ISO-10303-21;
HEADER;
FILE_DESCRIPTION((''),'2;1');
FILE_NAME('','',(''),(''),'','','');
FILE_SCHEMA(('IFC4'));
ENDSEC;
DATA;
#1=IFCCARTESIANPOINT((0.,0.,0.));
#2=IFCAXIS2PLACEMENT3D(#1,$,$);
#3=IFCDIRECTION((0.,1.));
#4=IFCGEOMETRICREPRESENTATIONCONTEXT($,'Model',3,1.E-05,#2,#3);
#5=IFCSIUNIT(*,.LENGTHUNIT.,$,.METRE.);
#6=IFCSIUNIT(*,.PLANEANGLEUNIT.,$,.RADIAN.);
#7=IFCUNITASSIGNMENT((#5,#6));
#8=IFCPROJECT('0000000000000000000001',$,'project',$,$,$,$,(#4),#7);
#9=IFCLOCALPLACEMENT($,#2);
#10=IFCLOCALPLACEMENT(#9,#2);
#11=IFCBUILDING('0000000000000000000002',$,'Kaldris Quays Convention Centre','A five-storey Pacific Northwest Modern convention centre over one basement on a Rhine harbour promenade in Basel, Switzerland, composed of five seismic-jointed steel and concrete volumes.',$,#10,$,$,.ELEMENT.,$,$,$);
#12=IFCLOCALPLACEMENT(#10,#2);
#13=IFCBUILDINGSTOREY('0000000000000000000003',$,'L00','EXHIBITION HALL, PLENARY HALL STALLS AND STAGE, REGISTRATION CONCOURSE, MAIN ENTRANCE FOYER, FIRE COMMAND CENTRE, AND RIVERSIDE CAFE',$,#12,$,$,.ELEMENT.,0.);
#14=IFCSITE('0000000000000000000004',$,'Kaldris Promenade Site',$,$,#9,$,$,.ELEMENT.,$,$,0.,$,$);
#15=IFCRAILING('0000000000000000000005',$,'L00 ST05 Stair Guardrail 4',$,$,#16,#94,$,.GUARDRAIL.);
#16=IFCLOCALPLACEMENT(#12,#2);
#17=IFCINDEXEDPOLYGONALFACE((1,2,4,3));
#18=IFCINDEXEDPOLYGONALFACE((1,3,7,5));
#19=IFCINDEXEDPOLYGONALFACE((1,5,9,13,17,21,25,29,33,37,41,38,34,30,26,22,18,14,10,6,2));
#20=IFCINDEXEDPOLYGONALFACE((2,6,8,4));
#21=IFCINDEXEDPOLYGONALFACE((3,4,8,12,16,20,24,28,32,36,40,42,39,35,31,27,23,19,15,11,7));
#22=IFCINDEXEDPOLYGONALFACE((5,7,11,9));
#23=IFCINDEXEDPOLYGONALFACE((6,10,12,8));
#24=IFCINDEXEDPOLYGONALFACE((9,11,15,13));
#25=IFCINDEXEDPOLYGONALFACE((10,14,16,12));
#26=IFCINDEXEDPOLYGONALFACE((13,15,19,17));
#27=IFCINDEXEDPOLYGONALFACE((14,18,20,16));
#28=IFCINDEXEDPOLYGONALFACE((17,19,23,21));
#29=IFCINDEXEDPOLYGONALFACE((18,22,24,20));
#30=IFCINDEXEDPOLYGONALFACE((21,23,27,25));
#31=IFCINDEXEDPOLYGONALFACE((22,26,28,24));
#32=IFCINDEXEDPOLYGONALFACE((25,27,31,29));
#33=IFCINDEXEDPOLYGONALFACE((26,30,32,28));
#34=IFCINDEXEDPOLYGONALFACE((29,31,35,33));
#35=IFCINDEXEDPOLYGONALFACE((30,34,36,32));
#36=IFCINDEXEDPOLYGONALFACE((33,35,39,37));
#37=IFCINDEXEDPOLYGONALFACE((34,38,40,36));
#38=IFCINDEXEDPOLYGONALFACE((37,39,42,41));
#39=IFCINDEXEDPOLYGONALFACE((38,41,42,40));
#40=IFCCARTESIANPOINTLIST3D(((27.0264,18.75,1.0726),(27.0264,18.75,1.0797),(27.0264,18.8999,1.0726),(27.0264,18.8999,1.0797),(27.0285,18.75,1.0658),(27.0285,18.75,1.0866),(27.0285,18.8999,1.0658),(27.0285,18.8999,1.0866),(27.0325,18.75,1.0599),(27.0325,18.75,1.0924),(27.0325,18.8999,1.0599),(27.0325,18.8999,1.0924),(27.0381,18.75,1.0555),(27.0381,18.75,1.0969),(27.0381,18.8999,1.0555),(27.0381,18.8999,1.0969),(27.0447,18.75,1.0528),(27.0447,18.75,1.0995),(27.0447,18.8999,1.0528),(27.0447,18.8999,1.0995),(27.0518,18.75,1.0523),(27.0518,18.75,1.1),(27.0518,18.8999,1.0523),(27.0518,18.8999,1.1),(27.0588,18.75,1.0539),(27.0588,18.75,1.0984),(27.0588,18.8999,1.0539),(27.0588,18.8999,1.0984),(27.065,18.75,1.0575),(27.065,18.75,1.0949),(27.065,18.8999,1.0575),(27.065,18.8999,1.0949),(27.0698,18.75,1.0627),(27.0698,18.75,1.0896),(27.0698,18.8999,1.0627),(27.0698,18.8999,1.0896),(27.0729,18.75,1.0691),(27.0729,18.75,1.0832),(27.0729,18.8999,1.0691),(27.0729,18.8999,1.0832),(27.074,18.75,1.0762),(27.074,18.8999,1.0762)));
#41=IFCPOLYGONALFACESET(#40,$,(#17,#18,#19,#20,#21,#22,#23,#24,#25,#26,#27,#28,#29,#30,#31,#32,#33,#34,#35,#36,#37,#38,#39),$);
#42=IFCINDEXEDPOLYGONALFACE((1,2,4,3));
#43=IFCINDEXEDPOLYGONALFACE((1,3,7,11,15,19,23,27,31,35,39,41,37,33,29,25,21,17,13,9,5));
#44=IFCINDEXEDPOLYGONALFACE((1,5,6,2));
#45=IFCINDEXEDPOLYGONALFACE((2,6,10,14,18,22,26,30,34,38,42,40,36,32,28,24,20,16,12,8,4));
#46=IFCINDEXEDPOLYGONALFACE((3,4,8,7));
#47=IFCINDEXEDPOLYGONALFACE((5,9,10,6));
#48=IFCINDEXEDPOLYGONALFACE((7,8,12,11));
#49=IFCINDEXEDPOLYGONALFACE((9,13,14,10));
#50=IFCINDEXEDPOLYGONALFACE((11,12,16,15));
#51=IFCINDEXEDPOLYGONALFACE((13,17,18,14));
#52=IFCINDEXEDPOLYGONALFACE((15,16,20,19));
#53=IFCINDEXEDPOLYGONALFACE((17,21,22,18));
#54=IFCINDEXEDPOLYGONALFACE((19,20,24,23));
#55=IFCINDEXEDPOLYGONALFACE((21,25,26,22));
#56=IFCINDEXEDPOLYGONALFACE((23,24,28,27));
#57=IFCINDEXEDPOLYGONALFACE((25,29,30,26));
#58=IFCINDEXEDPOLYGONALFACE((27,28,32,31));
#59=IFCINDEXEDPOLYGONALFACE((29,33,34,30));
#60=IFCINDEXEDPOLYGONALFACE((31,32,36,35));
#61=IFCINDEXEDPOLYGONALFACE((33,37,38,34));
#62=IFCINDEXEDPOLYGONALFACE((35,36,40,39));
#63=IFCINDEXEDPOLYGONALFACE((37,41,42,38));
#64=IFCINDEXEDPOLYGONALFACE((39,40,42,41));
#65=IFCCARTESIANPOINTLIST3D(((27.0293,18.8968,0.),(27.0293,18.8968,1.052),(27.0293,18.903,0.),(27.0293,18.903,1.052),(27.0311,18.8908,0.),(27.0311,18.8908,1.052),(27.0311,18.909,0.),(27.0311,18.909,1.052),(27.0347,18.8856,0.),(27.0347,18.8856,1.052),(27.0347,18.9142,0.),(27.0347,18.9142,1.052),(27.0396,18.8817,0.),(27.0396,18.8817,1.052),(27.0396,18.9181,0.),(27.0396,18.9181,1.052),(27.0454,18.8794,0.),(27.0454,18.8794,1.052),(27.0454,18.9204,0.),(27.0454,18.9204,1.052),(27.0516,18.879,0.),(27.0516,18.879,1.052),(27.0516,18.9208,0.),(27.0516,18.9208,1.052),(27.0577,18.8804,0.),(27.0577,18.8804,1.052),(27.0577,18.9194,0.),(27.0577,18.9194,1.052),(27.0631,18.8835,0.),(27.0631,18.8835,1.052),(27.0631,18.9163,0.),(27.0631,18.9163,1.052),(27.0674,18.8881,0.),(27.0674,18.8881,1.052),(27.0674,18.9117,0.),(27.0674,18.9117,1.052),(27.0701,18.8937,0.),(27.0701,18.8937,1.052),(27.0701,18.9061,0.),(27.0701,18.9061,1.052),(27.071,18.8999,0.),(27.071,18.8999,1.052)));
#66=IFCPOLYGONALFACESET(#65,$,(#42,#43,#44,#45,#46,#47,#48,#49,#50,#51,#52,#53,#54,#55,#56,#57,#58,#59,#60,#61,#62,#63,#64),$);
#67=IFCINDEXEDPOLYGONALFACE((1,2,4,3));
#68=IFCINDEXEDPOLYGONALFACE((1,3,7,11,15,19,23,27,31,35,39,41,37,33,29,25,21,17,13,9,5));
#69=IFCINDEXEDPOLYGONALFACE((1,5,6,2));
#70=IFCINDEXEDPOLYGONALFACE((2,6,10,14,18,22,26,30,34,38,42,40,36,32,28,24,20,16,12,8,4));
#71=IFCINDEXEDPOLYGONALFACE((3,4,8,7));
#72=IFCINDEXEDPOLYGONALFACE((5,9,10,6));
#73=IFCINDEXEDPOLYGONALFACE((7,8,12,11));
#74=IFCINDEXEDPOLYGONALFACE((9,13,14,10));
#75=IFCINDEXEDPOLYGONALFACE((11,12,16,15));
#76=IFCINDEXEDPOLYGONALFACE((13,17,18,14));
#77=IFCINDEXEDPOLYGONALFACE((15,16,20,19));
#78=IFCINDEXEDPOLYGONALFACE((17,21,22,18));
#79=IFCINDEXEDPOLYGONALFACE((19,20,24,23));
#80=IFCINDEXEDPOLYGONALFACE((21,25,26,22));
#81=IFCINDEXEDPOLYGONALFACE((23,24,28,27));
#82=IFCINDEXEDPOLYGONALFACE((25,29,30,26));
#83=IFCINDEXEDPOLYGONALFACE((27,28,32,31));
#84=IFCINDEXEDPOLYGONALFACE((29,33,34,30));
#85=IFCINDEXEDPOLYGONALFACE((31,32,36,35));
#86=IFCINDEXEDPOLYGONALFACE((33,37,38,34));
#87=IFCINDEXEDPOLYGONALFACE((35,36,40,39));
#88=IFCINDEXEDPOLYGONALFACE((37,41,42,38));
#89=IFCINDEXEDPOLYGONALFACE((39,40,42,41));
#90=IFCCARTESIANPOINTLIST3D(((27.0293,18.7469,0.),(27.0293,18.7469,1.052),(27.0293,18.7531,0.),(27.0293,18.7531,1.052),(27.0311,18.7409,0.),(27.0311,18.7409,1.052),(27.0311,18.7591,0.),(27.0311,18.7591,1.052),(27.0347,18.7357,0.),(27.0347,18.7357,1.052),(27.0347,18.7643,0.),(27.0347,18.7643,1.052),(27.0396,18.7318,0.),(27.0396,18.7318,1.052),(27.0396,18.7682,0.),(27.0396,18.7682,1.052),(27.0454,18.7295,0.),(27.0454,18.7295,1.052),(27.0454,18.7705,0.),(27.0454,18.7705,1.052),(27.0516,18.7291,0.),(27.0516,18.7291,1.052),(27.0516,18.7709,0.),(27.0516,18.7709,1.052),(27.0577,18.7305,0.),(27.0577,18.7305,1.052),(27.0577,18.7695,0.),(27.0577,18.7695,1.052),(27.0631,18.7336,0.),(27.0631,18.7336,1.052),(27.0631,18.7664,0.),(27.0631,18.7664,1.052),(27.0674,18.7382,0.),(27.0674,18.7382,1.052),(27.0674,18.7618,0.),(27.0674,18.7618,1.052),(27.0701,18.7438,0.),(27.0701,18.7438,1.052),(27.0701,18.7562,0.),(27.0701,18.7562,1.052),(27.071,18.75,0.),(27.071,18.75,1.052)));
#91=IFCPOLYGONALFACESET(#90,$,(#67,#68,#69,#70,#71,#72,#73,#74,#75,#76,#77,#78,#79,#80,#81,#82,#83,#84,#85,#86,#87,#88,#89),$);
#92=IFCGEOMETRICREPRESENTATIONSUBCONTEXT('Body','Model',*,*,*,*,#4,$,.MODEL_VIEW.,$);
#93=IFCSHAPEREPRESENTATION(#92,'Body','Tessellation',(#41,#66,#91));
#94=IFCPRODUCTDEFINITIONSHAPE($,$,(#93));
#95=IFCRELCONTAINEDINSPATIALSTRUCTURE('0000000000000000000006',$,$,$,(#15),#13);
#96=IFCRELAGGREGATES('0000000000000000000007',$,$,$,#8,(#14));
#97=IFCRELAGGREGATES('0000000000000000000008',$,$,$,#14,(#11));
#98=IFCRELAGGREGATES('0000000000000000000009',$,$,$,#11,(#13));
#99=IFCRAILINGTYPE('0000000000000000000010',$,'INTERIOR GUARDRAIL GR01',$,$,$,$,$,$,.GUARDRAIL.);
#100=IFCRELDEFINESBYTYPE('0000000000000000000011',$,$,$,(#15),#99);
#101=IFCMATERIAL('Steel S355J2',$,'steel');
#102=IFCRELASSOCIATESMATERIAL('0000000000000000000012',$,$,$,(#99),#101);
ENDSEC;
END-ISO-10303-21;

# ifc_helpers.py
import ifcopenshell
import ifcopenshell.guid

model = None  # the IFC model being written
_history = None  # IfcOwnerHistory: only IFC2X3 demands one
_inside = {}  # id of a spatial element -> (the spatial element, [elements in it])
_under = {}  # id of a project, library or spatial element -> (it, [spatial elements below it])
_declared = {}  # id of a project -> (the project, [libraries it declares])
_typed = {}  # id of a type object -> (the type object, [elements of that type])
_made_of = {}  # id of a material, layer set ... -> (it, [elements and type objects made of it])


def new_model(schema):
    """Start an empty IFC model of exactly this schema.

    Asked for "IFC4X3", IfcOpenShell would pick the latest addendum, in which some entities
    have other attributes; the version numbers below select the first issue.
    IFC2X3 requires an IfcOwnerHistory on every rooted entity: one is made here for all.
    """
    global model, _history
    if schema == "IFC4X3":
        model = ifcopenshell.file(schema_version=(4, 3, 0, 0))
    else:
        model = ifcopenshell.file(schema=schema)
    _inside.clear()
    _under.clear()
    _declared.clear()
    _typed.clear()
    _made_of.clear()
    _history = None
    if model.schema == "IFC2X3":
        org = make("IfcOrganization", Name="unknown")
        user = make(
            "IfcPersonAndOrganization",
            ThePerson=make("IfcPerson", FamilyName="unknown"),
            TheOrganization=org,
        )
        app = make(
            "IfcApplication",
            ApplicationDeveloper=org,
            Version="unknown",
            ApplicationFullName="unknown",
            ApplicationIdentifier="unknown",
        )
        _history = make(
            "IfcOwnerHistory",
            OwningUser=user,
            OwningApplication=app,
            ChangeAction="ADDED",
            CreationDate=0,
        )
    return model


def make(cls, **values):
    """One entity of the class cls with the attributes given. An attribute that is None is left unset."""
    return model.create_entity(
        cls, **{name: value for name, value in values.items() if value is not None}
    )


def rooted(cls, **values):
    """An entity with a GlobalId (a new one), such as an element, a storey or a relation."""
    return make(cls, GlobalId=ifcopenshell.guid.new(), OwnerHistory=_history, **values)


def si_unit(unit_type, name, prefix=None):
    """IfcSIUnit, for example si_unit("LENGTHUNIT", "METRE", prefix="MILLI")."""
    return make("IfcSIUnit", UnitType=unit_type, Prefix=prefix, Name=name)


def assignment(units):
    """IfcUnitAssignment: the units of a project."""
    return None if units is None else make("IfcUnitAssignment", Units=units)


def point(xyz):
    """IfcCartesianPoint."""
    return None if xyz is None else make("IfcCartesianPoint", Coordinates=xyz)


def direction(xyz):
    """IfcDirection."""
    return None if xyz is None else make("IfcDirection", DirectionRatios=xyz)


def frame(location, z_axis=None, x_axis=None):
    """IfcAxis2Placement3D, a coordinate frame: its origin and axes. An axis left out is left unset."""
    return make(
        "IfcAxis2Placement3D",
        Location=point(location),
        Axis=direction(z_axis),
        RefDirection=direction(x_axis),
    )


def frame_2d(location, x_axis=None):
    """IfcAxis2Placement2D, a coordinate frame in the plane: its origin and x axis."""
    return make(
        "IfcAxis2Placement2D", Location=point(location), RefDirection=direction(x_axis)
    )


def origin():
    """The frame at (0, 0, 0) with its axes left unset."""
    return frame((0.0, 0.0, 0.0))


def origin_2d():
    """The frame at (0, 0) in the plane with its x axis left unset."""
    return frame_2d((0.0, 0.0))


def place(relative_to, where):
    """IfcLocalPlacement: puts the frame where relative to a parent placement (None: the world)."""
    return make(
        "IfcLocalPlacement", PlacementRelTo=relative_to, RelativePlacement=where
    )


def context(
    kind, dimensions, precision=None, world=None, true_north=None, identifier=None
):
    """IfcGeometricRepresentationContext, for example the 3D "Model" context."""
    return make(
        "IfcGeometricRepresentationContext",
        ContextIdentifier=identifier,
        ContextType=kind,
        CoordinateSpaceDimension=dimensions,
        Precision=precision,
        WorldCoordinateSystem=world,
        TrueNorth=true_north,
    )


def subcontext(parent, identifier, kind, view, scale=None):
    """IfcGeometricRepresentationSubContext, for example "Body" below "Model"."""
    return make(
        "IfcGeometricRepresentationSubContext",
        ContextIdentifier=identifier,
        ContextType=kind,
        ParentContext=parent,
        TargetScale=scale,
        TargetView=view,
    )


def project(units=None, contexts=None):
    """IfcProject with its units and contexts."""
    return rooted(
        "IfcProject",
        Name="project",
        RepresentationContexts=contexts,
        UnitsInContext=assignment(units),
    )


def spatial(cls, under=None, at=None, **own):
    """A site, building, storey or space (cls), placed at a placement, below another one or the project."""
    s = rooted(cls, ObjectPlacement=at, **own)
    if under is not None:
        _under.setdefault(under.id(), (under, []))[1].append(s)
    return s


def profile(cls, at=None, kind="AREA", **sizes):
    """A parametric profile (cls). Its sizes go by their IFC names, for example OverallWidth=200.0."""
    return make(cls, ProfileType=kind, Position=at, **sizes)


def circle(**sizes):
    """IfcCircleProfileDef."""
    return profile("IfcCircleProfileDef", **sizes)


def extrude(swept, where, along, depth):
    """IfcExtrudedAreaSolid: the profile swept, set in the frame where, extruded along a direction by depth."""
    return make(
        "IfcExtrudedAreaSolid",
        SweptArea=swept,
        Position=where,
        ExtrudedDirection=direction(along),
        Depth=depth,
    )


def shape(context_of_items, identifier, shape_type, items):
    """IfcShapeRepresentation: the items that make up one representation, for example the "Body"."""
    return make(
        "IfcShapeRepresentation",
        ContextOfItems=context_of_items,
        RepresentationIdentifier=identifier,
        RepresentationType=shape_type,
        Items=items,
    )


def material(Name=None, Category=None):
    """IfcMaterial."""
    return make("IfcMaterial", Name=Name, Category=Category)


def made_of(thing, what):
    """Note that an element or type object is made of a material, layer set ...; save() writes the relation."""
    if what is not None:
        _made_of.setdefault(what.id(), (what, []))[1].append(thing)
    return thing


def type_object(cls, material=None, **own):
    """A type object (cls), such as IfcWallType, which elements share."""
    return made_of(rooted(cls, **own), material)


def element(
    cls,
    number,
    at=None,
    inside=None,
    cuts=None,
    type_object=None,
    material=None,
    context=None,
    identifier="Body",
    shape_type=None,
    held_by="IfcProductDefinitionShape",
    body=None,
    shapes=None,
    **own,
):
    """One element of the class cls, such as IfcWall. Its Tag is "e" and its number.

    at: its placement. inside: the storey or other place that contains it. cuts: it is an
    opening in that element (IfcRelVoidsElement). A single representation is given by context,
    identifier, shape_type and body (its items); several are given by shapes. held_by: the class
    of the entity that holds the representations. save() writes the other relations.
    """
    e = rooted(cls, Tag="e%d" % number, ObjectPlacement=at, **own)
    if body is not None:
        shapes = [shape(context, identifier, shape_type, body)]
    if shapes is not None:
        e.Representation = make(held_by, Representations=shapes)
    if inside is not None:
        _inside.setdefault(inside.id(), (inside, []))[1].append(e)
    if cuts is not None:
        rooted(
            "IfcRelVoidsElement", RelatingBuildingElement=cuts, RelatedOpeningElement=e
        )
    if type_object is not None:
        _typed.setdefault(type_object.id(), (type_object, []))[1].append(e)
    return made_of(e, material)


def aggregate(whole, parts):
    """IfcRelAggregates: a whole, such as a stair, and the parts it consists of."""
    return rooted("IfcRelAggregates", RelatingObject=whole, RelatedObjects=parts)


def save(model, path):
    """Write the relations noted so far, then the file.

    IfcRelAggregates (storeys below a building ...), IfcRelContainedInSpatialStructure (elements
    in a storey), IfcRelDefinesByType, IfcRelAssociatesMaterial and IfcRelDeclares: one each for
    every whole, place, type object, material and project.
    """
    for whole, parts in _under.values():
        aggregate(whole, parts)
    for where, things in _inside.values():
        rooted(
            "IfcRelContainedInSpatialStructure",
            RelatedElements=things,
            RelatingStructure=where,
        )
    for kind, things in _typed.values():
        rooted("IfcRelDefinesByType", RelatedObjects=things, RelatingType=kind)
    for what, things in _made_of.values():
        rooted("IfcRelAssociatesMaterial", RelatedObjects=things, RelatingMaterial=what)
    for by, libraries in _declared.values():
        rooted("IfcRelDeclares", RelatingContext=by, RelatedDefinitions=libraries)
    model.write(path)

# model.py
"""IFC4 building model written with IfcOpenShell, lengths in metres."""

from ifc_helpers import new_model, si_unit, direction, frame, origin, origin_2d, place, context, subcontext, project, spatial, circle, extrude, material, type_object, element, save


model = new_model("IFC4")

# Units and contexts
model_context = context("Model", 3, precision=1e-05, world=origin(), true_north=direction((0.0, 1.0)))
body_context = subcontext(model_context, "Body", "Model", "MODEL_VIEW")
ifc_project = project(units=[si_unit("LENGTHUNIT", "METRE"), si_unit("PLANEANGLEUNIT", "RADIAN")], contexts=[model_context])

# Site, building, storey
site_placement = place(None, origin())
site = spatial("IfcSite", under=ifc_project, at=site_placement, Name="Kaldris Promenade Site", CompositionType="ELEMENT", RefElevation=0.0)
building_placement = place(site_placement, origin())
building = spatial("IfcBuilding", under=site, at=building_placement, Name="Kaldris Quays Convention Centre", Description="A five-storey Pacific Northwest Modern convention centre over one basement on a Rhine harbour promenade in Basel, Switzerland, composed of five seismic-jointed steel and concrete volumes.", CompositionType="ELEMENT")
storey_placement = place(building_placement, origin())
storey = spatial("IfcBuildingStorey", under=building, at=storey_placement, Name="L00", Description="EXHIBITION HALL, PLENARY HALL STALLS AND STAGE, REGISTRATION CONCOURSE, MAIN ENTRANCE FOYER, FIRE COMMAND CENTRE, AND RIVERSIDE CAFE", CompositionType="ELEMENT", Elevation=0.0)

# Shared definitions
ifc_material_1 = material(Name="Steel S355J2", Category="steel")

# Railing
railing_type_1 = type_object("IfcRailingType", Name="INTERIOR GUARDRAIL GR01", PredefinedType="GUARDRAIL", material=ifc_material_1)
railing_1_placement = place(storey_placement, frame((27.05, 18.8999, 0.0)))
element("IfcRailing", 1, at=railing_1_placement, inside=storey, type_object=railing_type_1, Name="L00 ST05 Stair Guardrail 4", PredefinedType="GUARDRAIL", context=body_context, shape_type="SweptSolid", body=[
    extrude(circle(Radius=0.0239, at=origin_2d()), frame((0.0, 0.0, 1.0762), z_axis=(0.0, -1.0, 0.0), x_axis=(1.0, 0.0, 0.0)), (0.0, 0.0, 1.0), 0.1499),
    extrude(circle(Radius=0.021, at=origin_2d()), origin(), (0.0, 0.0, 1.0), 1.052),
    extrude(circle(Radius=0.021, at=origin_2d()), frame((0.0, -0.1499, 0.0)), (0.0, 0.0, 1.0), 1.052),
])

save(model, "model.ifc")
